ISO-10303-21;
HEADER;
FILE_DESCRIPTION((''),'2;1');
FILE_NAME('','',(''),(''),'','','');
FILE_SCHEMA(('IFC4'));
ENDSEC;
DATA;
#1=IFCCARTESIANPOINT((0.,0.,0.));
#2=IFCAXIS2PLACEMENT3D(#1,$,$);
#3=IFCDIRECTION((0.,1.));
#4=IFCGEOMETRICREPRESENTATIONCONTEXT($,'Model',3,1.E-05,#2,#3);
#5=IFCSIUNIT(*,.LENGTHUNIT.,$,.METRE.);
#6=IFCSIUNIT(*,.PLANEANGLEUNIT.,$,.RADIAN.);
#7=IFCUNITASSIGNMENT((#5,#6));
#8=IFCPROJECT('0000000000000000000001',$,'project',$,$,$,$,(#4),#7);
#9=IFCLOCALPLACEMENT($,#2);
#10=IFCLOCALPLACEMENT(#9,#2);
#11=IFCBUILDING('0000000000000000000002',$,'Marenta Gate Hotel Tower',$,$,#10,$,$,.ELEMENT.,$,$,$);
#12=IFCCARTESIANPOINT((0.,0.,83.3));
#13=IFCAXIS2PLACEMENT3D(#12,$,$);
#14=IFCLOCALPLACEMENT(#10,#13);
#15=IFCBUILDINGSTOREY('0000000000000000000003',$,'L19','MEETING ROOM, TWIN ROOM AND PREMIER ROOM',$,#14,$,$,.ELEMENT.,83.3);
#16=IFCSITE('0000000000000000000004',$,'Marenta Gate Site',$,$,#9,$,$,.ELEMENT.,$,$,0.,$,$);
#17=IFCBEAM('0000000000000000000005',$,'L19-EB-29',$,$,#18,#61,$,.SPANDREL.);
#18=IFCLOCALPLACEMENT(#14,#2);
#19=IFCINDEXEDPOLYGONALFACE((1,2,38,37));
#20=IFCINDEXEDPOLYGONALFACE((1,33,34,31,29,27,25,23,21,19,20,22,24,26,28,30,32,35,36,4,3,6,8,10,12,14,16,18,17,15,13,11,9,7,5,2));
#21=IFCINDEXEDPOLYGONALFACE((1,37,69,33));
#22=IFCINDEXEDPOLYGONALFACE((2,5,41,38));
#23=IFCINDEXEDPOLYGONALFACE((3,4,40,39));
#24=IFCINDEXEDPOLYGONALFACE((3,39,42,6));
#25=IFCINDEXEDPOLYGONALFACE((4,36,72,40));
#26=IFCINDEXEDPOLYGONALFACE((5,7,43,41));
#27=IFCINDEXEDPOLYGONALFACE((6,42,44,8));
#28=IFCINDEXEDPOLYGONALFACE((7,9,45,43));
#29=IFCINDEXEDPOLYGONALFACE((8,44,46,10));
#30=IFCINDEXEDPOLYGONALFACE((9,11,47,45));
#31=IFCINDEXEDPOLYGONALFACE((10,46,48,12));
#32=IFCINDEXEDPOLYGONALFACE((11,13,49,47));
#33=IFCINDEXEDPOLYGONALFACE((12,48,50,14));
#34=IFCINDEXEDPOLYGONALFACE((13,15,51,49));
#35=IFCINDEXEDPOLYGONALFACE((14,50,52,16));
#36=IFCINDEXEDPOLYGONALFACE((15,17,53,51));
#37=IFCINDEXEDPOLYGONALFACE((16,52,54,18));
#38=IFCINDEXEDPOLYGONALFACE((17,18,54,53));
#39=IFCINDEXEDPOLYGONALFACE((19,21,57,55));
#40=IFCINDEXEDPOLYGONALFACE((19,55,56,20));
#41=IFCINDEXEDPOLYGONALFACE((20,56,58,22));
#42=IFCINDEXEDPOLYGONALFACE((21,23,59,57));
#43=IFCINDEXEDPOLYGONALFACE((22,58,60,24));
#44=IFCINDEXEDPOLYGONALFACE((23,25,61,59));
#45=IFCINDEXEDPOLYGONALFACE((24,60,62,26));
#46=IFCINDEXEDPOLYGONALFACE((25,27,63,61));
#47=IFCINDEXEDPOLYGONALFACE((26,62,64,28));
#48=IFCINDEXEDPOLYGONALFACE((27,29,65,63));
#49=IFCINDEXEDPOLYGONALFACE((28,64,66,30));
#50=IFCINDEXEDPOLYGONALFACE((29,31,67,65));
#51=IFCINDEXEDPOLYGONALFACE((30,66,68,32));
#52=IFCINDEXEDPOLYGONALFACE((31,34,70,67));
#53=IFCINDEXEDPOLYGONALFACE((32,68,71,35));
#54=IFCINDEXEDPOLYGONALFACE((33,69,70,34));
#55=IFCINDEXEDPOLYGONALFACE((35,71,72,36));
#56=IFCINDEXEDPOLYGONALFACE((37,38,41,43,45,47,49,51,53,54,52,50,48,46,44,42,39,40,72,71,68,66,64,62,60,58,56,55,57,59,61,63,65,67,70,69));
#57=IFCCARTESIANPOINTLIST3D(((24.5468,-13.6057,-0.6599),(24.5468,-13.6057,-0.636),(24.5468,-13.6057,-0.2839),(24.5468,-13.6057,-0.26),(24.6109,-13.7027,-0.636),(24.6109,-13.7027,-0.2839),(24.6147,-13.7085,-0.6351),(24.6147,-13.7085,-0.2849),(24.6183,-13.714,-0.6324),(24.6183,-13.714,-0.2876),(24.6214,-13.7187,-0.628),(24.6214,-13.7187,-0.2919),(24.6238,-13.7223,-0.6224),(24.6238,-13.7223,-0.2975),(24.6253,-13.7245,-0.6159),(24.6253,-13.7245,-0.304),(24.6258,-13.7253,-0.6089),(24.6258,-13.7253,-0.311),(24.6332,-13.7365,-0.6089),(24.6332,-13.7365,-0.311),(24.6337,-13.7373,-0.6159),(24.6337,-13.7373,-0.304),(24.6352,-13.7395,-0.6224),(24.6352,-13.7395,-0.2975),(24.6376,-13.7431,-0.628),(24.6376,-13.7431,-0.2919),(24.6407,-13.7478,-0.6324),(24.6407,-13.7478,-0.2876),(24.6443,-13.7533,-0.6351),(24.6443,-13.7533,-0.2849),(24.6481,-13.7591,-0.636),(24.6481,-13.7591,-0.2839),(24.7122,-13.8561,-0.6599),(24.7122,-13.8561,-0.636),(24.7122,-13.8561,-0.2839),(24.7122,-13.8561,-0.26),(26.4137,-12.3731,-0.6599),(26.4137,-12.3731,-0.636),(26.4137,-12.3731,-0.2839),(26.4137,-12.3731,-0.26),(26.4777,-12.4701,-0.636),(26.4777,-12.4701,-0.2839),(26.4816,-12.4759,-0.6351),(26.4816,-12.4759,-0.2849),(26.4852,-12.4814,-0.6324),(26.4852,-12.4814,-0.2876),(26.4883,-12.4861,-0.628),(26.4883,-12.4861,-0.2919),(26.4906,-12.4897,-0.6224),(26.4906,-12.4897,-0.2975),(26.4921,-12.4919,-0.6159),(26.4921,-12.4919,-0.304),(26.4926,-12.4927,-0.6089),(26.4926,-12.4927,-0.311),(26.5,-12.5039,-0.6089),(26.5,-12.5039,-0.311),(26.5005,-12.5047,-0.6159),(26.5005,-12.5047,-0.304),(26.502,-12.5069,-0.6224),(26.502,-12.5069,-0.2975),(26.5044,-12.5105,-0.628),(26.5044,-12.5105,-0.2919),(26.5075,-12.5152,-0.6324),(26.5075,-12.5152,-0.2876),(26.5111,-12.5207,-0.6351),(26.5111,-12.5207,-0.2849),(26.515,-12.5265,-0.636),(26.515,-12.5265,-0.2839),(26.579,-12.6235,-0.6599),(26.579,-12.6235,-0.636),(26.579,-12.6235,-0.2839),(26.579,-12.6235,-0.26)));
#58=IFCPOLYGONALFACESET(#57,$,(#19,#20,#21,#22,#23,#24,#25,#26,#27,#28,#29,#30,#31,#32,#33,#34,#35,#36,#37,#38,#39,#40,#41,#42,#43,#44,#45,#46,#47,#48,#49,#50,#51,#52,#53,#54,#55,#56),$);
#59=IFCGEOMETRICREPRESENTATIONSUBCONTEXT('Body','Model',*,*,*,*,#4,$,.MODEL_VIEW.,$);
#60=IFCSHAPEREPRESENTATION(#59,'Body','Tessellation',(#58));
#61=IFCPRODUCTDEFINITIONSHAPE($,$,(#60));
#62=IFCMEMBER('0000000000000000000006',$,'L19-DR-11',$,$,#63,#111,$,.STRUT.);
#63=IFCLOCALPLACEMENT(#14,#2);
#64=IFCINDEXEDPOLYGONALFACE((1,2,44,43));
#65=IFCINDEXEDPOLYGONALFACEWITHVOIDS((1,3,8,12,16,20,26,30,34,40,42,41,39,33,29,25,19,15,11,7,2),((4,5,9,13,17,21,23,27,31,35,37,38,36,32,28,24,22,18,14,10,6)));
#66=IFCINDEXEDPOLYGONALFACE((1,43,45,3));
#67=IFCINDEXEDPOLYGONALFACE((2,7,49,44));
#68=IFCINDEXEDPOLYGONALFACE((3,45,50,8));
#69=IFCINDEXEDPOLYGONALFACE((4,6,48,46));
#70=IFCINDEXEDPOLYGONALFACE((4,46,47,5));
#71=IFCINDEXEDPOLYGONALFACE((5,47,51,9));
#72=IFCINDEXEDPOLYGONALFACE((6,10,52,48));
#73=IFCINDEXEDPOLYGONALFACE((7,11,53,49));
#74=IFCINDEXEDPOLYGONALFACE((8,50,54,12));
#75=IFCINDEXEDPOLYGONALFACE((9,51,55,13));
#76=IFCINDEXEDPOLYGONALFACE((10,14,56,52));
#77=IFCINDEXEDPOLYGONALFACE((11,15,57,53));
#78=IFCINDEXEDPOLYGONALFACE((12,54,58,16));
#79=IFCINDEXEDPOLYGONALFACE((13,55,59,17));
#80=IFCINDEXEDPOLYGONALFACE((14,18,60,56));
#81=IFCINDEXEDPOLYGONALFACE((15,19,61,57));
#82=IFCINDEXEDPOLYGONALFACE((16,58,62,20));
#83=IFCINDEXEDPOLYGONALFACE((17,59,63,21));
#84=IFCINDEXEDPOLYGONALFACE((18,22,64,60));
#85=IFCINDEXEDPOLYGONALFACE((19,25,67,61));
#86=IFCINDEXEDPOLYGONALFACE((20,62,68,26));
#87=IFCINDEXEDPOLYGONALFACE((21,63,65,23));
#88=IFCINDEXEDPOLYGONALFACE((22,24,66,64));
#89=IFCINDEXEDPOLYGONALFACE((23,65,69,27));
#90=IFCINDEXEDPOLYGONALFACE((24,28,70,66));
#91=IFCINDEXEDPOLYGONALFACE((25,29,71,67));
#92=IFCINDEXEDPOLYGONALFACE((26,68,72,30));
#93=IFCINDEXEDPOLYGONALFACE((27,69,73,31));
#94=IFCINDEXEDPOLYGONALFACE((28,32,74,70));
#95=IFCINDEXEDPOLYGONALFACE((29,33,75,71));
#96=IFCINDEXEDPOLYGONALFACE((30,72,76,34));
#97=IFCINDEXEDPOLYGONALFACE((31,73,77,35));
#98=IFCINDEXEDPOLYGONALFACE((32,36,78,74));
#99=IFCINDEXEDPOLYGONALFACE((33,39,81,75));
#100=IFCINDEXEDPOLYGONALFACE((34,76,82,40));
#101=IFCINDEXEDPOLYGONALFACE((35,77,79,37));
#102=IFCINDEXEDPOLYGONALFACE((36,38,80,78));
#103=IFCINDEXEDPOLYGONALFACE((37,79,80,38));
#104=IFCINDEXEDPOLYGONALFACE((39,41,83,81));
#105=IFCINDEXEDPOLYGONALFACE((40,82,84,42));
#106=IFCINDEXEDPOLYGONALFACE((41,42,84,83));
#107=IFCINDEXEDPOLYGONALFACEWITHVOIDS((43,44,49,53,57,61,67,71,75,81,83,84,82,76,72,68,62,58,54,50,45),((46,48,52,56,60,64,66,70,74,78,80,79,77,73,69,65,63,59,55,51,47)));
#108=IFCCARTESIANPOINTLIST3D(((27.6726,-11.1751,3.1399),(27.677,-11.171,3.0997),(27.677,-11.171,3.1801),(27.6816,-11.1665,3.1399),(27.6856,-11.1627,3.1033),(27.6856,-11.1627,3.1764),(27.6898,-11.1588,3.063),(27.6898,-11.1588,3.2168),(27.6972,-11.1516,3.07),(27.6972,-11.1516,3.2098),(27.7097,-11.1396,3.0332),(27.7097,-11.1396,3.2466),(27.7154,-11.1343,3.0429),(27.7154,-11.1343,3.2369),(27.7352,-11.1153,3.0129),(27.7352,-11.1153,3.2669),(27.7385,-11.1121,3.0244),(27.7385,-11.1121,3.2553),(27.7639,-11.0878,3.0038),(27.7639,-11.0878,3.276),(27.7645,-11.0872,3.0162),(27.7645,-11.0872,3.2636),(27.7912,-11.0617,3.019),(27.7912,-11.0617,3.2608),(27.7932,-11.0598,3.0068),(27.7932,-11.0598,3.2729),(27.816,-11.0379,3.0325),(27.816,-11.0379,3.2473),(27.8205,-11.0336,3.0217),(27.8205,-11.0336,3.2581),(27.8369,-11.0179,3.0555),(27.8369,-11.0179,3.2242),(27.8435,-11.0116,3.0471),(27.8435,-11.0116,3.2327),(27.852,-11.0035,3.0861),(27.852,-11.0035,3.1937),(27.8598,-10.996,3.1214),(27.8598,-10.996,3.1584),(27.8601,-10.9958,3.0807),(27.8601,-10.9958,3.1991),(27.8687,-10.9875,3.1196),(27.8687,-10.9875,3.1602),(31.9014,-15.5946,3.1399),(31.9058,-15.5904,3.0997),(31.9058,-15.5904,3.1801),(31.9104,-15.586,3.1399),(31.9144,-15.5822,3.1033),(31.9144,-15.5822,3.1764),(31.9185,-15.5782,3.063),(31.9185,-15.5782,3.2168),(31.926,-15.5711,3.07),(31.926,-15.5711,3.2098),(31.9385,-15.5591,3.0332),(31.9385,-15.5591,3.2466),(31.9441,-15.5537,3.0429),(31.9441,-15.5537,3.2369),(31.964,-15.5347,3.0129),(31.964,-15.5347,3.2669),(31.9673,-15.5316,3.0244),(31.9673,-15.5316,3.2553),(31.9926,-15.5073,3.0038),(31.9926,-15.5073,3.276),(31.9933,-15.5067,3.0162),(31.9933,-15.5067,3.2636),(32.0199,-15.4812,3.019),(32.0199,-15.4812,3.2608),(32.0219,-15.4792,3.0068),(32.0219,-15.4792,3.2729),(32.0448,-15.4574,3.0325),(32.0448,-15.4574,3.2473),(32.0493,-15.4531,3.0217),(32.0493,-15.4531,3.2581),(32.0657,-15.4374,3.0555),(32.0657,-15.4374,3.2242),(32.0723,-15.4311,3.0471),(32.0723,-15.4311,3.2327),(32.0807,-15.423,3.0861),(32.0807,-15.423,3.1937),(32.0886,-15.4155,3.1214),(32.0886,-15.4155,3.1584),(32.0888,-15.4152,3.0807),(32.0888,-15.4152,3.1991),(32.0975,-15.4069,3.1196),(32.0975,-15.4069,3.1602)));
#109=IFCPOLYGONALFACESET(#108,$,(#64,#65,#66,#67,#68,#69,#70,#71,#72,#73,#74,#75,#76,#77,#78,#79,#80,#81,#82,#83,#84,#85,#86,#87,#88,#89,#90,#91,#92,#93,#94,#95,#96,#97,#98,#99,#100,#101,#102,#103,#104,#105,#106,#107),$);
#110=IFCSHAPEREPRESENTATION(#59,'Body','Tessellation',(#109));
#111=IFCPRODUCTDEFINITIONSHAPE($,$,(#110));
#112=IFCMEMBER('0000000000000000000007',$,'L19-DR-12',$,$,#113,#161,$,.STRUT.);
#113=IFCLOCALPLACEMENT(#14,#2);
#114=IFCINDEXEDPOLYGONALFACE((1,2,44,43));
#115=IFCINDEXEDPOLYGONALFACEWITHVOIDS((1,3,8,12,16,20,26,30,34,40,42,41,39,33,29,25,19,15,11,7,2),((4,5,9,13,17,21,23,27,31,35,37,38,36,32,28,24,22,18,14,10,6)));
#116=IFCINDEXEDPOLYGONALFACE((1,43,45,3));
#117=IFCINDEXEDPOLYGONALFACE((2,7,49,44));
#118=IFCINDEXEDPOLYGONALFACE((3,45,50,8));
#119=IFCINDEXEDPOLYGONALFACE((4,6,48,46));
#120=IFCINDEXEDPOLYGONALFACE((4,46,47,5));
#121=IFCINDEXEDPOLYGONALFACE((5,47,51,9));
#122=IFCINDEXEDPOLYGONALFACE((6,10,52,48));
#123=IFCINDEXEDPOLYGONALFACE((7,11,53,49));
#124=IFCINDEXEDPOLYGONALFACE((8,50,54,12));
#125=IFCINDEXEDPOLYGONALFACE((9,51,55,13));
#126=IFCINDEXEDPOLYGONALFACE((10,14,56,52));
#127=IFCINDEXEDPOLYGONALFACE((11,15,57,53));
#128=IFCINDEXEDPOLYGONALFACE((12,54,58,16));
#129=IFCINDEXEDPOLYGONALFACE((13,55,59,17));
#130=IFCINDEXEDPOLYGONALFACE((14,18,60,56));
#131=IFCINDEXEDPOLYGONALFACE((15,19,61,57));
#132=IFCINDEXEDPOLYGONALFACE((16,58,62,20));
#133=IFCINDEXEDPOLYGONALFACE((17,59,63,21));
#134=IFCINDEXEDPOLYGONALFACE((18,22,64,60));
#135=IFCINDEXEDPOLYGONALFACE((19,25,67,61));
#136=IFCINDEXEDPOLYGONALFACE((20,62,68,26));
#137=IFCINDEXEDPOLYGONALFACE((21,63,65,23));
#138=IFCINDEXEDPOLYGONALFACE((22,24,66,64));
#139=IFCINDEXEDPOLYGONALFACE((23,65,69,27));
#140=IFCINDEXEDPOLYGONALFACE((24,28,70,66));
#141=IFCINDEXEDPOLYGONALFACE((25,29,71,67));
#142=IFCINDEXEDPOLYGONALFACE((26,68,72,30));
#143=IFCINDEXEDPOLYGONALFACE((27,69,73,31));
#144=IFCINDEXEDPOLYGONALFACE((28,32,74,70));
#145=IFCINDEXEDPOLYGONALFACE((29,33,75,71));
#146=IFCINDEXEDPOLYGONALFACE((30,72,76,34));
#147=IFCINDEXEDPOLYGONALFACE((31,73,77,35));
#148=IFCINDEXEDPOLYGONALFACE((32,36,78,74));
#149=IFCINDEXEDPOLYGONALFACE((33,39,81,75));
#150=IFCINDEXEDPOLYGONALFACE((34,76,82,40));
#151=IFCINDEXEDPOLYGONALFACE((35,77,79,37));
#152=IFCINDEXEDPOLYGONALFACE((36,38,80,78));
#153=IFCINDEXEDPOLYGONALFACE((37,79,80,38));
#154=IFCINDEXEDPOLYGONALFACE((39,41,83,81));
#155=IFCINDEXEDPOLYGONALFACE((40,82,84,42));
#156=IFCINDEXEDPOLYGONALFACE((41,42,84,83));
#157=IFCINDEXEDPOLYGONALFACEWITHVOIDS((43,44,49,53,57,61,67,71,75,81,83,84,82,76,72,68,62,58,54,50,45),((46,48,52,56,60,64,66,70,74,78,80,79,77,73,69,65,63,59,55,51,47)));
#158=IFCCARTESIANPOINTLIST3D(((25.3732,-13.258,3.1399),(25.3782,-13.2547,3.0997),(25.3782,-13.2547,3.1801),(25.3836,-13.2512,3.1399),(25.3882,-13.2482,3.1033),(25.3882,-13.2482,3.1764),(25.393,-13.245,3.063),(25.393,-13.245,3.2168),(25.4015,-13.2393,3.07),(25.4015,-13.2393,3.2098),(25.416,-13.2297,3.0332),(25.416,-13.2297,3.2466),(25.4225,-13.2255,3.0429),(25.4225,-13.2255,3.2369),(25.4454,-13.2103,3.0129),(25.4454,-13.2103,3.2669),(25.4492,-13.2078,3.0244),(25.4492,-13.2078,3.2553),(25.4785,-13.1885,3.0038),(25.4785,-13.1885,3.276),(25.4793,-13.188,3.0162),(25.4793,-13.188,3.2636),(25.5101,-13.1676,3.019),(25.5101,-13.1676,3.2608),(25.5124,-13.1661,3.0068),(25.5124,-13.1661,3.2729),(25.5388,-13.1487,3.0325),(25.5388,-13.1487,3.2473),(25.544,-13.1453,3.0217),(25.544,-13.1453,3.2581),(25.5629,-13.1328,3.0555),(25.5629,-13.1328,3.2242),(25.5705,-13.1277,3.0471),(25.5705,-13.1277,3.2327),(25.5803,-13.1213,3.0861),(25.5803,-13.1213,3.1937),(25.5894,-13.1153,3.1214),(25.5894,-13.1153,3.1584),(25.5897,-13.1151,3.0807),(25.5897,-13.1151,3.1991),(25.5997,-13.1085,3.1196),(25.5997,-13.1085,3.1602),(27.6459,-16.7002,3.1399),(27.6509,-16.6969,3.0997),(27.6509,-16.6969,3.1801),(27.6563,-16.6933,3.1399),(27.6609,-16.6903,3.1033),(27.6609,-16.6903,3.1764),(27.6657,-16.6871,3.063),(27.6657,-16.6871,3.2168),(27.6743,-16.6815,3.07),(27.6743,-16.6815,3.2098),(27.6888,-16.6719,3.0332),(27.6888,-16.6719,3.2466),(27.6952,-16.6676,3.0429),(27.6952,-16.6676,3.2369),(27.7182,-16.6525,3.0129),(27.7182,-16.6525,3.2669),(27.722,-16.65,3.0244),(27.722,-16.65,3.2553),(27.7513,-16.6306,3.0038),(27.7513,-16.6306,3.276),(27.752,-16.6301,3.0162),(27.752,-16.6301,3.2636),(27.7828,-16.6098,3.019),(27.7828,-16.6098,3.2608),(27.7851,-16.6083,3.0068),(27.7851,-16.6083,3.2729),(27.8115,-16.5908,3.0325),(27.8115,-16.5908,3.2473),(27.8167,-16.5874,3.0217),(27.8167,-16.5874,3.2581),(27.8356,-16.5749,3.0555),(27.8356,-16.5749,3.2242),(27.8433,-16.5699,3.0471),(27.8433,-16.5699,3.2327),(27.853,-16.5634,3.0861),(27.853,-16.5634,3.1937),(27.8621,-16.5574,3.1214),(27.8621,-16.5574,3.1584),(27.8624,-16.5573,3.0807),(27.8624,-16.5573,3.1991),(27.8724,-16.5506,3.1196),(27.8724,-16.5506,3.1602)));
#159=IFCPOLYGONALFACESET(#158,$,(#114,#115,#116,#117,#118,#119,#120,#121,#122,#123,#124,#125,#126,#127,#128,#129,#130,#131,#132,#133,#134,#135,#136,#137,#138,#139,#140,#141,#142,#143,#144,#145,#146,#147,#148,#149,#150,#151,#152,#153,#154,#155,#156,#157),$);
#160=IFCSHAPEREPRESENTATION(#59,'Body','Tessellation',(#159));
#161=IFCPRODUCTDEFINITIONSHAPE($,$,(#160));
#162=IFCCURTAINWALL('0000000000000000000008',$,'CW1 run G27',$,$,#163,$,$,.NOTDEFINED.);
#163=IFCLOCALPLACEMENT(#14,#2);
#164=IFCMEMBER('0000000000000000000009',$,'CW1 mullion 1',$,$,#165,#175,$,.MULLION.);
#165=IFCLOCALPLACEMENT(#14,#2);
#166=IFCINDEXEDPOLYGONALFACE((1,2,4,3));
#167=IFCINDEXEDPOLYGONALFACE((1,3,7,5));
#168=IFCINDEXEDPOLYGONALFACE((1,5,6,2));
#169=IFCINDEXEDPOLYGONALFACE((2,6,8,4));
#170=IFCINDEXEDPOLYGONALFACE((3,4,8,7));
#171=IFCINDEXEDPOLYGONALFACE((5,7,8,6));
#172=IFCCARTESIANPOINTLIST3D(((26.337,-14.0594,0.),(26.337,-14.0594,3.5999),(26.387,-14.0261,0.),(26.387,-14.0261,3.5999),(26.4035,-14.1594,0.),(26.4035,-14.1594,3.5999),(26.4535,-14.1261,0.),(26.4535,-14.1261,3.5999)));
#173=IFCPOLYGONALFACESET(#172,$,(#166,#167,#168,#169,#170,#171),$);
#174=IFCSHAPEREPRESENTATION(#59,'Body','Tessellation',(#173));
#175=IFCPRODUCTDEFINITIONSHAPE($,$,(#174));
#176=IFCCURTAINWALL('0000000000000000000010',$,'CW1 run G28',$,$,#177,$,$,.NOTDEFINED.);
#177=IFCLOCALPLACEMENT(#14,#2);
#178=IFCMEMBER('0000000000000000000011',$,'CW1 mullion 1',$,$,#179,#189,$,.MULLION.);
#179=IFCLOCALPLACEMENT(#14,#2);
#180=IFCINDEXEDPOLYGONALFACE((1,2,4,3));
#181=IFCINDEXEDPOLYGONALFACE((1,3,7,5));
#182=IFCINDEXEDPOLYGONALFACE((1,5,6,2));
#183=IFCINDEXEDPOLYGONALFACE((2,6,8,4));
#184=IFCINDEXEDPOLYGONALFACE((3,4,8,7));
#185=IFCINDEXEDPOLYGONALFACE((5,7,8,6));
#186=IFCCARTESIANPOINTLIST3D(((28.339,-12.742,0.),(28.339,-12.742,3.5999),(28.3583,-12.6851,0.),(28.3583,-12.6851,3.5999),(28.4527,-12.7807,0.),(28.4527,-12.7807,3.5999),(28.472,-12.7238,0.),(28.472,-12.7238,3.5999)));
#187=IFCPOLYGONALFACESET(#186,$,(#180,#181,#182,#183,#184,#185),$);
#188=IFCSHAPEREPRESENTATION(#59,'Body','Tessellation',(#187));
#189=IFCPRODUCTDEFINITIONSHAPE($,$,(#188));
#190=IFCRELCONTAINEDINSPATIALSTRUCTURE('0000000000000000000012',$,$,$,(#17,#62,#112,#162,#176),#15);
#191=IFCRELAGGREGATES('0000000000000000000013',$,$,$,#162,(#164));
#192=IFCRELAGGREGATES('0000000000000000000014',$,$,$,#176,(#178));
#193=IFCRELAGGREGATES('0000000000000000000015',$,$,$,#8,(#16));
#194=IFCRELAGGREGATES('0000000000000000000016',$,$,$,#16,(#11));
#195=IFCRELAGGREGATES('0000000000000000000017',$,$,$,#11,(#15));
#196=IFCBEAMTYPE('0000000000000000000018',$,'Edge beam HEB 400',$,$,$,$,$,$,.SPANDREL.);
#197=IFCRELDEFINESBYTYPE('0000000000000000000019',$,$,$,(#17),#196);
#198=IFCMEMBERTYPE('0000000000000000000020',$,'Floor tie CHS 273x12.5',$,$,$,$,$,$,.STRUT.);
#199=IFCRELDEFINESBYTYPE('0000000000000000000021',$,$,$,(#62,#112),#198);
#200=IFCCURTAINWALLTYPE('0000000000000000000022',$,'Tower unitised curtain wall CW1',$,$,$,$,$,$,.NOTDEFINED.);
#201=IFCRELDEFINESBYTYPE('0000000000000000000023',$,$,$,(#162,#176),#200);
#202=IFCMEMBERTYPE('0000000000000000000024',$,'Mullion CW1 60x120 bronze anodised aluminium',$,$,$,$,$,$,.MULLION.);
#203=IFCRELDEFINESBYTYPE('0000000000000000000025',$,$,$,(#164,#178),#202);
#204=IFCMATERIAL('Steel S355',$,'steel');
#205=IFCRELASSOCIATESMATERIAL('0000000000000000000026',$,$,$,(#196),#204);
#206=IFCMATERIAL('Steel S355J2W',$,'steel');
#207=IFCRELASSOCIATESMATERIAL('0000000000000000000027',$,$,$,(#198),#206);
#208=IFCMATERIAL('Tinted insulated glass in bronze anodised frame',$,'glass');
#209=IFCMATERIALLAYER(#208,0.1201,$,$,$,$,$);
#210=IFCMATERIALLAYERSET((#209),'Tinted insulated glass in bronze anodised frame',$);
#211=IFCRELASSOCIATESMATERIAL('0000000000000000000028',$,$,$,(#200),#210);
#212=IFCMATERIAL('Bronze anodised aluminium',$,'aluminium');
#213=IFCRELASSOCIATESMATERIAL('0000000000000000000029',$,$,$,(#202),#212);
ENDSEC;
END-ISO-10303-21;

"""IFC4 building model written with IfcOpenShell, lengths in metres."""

from ifc_helpers import new_model, si_unit, direction, frame, origin, origin_2d, place, context, subcontext, project, spatial, rectangle, hollow_circle, i_section, extrude, material, layer, layer_set, material_profile, profile_set, type_object, element, aggregate, save


model = new_model("IFC4")

# Units and contexts
model_context = context("Model", 3, precision=1e-05, world=origin(), true_north=direction((0.0, 1.0)))
body_context = subcontext(model_context, "Body", "Model", "MODEL_VIEW")
ifc_project = project(units=[si_unit("LENGTHUNIT", "METRE"), si_unit("PLANEANGLEUNIT", "RADIAN")], contexts=[model_context])

# Site, building, storey
site_placement = place(None, origin())
site = spatial("IfcSite", under=ifc_project, at=site_placement, Name="Marenta Gate Site", CompositionType="ELEMENT", RefElevation=0.0)
building_placement = place(site_placement, origin())
building = spatial("IfcBuilding", under=site, at=building_placement, Name="Marenta Gate Hotel Tower", CompositionType="ELEMENT")
storey_placement = place(building_placement, frame((0.0, 0.0, 83.3)))
storey = spatial("IfcBuildingStorey", under=building, at=storey_placement, Name="L19", Description="MEETING ROOM, TWIN ROOM AND PREMIER ROOM", CompositionType="ELEMENT", Elevation=83.3)

# Beam
ifc_material_1 = material(Name="Steel S355", Category="steel")
ifc_material_profile_1 = material_profile(ifc_material_1, i_section(OverallWidth=0.3, OverallDepth=0.3999, WebThickness=0.0134, FlangeThickness=0.0239, FilletRadius=0.0271, at=origin_2d()), Name="HEB 400")
ifc_profile_set_1 = profile_set([ifc_material_profile_1], Name="Steel S355")
beam_type = type_object("IfcBeamType", Name="Edge beam HEB 400", PredefinedType="SPANDREL", material=ifc_profile_set_1)
beam_placement = place(storey_placement, frame((26.4963, -12.4983, -0.46), z_axis=(-0.83451, -0.550993, 0.0), x_axis=(0.550993, -0.83451, 0.0)))
element("IfcBeam", 1, at=beam_placement, inside=storey, type_object=beam_type, Name="L19-EB-29", PredefinedType="SPANDREL", context=body_context, shape_type="SweptSolid", body=[
    extrude(i_section(OverallWidth=0.3, OverallDepth=0.3999, WebThickness=0.0134, FlangeThickness=0.0239, FilletRadius=0.0271, at=origin_2d()), origin(), (0.0, 0.0, 1.0), 2.2371),
])

# Members
ifc_material_2 = material(Name="Steel S355J2W", Category="steel")
ifc_material_profile_2 = material_profile(ifc_material_2, hollow_circle(Radius=0.1365, WallThickness=0.0125, at=origin_2d()), Name="CHS 273x12.5")
ifc_profile_set_2 = profile_set([ifc_material_profile_2], Name="Steel S355J2W")
member_type_1 = type_object("IfcMemberType", Name="Floor tie CHS 273x12.5", PredefinedType="STRUT", material=ifc_profile_set_2)
member_1_placement = place(storey_placement, frame((32.0, -15.5002, 3.1399), z_axis=(-0.691349, 0.722521, 0.0), x_axis=(-0.722521, -0.691349, 0.0)))
element("IfcMember", 2, at=member_1_placement, inside=storey, type_object=member_type_1, Name="L19-DR-11", PredefinedType="STRUT", context=body_context, shape_type="SweptSolid", body=[
    extrude(hollow_circle(Radius=0.1365, WallThickness=0.0125, at=origin_2d()), origin(), (0.0, 0.0, 1.0), 6.1167),
])
member_2_placement = place(storey_placement, frame((27.7598, -16.625, 3.1399), z_axis=(-0.550993, 0.83451, 0.0), x_axis=(-0.83451, -0.550993, 0.0)))
element("IfcMember", 3, at=member_2_placement, inside=storey, type_object=member_type_1, Name="L19-DR-12", PredefinedType="STRUT", context=body_context, shape_type="SweptSolid", body=[
    extrude(hollow_circle(Radius=0.1365, WallThickness=0.0125, at=origin_2d()), origin(), (0.0, 0.0, 1.0), 4.1248),
])

# Curtain walls, members
ifc_material_3 = material(Name="Tinted insulated glass in bronze anodised frame", Category="glass")
ifc_layer_1 = layer(ifc_material_3, 0.1201)
ifc_layer_set_1 = layer_set([ifc_layer_1], Name="Tinted insulated glass in bronze anodised frame")
curtain_wall_type = type_object("IfcCurtainWallType", Name="Tower unitised curtain wall CW1", PredefinedType="NOTDEFINED", material=ifc_layer_set_1)
curtain_wall_1_placement = place(storey_placement, origin())
curtain_wall_1 = element("IfcCurtainWall", 4, at=curtain_wall_1_placement, inside=storey, type_object=curtain_wall_type, Name="CW1 run G27", PredefinedType="NOTDEFINED")
ifc_material_4 = material(Name="Bronze anodised aluminium", Category="aluminium")
ifc_material_profile_3 = material_profile(ifc_material_4, rectangle(XDim=0.1201, YDim=0.0601, at=origin_2d()), Name="Mullion CW1 60x120 bronze anodised aluminium")
ifc_profile_set_3 = profile_set([ifc_material_profile_3], Name="Bronze anodised aluminium")
member_type_2 = type_object("IfcMemberType", Name="Mullion CW1 60x120 bronze anodised aluminium", PredefinedType="MULLION", material=ifc_profile_set_3)
member_3_placement = place(storey_placement, frame((26.3953, -14.0928, 0.0), z_axis=(0.0, 0.0, 1.0), x_axis=(-0.554017, 0.832505, 0.0)))
member_3 = element("IfcMember", 5, at=member_3_placement, type_object=member_type_2, Name="CW1 mullion 1", PredefinedType="MULLION", context=body_context, shape_type="SweptSolid", body=[
    extrude(rectangle(XDim=0.1201, YDim=0.0601, at=origin_2d()), origin(), (0.0, 0.0, 1.0), 3.5999),
])
curtain_wall_2_placement = place(storey_placement, origin())
curtain_wall_2 = element("IfcCurtainWall", 6, at=curtain_wall_2_placement, inside=storey, type_object=curtain_wall_type, Name="CW1 run G28", PredefinedType="NOTDEFINED")
member_4_placement = place(storey_placement, frame((28.4055, -12.7329, 0.0), z_axis=(0.0, 0.0, 1.0), x_axis=(-0.946741, 0.321995, 0.0)))
member_4 = element("IfcMember", 7, at=member_4_placement, type_object=member_type_2, Name="CW1 mullion 1", PredefinedType="MULLION", context=body_context, shape_type="SweptSolid", body=[
    extrude(rectangle(XDim=0.1201, YDim=0.0601, at=origin_2d()), origin(), (0.0, 0.0, 1.0), 3.5999),
])

aggregate(curtain_wall_1, [member_3])
aggregate(curtain_wall_2, [member_4])

save(model, "model.ifc")
